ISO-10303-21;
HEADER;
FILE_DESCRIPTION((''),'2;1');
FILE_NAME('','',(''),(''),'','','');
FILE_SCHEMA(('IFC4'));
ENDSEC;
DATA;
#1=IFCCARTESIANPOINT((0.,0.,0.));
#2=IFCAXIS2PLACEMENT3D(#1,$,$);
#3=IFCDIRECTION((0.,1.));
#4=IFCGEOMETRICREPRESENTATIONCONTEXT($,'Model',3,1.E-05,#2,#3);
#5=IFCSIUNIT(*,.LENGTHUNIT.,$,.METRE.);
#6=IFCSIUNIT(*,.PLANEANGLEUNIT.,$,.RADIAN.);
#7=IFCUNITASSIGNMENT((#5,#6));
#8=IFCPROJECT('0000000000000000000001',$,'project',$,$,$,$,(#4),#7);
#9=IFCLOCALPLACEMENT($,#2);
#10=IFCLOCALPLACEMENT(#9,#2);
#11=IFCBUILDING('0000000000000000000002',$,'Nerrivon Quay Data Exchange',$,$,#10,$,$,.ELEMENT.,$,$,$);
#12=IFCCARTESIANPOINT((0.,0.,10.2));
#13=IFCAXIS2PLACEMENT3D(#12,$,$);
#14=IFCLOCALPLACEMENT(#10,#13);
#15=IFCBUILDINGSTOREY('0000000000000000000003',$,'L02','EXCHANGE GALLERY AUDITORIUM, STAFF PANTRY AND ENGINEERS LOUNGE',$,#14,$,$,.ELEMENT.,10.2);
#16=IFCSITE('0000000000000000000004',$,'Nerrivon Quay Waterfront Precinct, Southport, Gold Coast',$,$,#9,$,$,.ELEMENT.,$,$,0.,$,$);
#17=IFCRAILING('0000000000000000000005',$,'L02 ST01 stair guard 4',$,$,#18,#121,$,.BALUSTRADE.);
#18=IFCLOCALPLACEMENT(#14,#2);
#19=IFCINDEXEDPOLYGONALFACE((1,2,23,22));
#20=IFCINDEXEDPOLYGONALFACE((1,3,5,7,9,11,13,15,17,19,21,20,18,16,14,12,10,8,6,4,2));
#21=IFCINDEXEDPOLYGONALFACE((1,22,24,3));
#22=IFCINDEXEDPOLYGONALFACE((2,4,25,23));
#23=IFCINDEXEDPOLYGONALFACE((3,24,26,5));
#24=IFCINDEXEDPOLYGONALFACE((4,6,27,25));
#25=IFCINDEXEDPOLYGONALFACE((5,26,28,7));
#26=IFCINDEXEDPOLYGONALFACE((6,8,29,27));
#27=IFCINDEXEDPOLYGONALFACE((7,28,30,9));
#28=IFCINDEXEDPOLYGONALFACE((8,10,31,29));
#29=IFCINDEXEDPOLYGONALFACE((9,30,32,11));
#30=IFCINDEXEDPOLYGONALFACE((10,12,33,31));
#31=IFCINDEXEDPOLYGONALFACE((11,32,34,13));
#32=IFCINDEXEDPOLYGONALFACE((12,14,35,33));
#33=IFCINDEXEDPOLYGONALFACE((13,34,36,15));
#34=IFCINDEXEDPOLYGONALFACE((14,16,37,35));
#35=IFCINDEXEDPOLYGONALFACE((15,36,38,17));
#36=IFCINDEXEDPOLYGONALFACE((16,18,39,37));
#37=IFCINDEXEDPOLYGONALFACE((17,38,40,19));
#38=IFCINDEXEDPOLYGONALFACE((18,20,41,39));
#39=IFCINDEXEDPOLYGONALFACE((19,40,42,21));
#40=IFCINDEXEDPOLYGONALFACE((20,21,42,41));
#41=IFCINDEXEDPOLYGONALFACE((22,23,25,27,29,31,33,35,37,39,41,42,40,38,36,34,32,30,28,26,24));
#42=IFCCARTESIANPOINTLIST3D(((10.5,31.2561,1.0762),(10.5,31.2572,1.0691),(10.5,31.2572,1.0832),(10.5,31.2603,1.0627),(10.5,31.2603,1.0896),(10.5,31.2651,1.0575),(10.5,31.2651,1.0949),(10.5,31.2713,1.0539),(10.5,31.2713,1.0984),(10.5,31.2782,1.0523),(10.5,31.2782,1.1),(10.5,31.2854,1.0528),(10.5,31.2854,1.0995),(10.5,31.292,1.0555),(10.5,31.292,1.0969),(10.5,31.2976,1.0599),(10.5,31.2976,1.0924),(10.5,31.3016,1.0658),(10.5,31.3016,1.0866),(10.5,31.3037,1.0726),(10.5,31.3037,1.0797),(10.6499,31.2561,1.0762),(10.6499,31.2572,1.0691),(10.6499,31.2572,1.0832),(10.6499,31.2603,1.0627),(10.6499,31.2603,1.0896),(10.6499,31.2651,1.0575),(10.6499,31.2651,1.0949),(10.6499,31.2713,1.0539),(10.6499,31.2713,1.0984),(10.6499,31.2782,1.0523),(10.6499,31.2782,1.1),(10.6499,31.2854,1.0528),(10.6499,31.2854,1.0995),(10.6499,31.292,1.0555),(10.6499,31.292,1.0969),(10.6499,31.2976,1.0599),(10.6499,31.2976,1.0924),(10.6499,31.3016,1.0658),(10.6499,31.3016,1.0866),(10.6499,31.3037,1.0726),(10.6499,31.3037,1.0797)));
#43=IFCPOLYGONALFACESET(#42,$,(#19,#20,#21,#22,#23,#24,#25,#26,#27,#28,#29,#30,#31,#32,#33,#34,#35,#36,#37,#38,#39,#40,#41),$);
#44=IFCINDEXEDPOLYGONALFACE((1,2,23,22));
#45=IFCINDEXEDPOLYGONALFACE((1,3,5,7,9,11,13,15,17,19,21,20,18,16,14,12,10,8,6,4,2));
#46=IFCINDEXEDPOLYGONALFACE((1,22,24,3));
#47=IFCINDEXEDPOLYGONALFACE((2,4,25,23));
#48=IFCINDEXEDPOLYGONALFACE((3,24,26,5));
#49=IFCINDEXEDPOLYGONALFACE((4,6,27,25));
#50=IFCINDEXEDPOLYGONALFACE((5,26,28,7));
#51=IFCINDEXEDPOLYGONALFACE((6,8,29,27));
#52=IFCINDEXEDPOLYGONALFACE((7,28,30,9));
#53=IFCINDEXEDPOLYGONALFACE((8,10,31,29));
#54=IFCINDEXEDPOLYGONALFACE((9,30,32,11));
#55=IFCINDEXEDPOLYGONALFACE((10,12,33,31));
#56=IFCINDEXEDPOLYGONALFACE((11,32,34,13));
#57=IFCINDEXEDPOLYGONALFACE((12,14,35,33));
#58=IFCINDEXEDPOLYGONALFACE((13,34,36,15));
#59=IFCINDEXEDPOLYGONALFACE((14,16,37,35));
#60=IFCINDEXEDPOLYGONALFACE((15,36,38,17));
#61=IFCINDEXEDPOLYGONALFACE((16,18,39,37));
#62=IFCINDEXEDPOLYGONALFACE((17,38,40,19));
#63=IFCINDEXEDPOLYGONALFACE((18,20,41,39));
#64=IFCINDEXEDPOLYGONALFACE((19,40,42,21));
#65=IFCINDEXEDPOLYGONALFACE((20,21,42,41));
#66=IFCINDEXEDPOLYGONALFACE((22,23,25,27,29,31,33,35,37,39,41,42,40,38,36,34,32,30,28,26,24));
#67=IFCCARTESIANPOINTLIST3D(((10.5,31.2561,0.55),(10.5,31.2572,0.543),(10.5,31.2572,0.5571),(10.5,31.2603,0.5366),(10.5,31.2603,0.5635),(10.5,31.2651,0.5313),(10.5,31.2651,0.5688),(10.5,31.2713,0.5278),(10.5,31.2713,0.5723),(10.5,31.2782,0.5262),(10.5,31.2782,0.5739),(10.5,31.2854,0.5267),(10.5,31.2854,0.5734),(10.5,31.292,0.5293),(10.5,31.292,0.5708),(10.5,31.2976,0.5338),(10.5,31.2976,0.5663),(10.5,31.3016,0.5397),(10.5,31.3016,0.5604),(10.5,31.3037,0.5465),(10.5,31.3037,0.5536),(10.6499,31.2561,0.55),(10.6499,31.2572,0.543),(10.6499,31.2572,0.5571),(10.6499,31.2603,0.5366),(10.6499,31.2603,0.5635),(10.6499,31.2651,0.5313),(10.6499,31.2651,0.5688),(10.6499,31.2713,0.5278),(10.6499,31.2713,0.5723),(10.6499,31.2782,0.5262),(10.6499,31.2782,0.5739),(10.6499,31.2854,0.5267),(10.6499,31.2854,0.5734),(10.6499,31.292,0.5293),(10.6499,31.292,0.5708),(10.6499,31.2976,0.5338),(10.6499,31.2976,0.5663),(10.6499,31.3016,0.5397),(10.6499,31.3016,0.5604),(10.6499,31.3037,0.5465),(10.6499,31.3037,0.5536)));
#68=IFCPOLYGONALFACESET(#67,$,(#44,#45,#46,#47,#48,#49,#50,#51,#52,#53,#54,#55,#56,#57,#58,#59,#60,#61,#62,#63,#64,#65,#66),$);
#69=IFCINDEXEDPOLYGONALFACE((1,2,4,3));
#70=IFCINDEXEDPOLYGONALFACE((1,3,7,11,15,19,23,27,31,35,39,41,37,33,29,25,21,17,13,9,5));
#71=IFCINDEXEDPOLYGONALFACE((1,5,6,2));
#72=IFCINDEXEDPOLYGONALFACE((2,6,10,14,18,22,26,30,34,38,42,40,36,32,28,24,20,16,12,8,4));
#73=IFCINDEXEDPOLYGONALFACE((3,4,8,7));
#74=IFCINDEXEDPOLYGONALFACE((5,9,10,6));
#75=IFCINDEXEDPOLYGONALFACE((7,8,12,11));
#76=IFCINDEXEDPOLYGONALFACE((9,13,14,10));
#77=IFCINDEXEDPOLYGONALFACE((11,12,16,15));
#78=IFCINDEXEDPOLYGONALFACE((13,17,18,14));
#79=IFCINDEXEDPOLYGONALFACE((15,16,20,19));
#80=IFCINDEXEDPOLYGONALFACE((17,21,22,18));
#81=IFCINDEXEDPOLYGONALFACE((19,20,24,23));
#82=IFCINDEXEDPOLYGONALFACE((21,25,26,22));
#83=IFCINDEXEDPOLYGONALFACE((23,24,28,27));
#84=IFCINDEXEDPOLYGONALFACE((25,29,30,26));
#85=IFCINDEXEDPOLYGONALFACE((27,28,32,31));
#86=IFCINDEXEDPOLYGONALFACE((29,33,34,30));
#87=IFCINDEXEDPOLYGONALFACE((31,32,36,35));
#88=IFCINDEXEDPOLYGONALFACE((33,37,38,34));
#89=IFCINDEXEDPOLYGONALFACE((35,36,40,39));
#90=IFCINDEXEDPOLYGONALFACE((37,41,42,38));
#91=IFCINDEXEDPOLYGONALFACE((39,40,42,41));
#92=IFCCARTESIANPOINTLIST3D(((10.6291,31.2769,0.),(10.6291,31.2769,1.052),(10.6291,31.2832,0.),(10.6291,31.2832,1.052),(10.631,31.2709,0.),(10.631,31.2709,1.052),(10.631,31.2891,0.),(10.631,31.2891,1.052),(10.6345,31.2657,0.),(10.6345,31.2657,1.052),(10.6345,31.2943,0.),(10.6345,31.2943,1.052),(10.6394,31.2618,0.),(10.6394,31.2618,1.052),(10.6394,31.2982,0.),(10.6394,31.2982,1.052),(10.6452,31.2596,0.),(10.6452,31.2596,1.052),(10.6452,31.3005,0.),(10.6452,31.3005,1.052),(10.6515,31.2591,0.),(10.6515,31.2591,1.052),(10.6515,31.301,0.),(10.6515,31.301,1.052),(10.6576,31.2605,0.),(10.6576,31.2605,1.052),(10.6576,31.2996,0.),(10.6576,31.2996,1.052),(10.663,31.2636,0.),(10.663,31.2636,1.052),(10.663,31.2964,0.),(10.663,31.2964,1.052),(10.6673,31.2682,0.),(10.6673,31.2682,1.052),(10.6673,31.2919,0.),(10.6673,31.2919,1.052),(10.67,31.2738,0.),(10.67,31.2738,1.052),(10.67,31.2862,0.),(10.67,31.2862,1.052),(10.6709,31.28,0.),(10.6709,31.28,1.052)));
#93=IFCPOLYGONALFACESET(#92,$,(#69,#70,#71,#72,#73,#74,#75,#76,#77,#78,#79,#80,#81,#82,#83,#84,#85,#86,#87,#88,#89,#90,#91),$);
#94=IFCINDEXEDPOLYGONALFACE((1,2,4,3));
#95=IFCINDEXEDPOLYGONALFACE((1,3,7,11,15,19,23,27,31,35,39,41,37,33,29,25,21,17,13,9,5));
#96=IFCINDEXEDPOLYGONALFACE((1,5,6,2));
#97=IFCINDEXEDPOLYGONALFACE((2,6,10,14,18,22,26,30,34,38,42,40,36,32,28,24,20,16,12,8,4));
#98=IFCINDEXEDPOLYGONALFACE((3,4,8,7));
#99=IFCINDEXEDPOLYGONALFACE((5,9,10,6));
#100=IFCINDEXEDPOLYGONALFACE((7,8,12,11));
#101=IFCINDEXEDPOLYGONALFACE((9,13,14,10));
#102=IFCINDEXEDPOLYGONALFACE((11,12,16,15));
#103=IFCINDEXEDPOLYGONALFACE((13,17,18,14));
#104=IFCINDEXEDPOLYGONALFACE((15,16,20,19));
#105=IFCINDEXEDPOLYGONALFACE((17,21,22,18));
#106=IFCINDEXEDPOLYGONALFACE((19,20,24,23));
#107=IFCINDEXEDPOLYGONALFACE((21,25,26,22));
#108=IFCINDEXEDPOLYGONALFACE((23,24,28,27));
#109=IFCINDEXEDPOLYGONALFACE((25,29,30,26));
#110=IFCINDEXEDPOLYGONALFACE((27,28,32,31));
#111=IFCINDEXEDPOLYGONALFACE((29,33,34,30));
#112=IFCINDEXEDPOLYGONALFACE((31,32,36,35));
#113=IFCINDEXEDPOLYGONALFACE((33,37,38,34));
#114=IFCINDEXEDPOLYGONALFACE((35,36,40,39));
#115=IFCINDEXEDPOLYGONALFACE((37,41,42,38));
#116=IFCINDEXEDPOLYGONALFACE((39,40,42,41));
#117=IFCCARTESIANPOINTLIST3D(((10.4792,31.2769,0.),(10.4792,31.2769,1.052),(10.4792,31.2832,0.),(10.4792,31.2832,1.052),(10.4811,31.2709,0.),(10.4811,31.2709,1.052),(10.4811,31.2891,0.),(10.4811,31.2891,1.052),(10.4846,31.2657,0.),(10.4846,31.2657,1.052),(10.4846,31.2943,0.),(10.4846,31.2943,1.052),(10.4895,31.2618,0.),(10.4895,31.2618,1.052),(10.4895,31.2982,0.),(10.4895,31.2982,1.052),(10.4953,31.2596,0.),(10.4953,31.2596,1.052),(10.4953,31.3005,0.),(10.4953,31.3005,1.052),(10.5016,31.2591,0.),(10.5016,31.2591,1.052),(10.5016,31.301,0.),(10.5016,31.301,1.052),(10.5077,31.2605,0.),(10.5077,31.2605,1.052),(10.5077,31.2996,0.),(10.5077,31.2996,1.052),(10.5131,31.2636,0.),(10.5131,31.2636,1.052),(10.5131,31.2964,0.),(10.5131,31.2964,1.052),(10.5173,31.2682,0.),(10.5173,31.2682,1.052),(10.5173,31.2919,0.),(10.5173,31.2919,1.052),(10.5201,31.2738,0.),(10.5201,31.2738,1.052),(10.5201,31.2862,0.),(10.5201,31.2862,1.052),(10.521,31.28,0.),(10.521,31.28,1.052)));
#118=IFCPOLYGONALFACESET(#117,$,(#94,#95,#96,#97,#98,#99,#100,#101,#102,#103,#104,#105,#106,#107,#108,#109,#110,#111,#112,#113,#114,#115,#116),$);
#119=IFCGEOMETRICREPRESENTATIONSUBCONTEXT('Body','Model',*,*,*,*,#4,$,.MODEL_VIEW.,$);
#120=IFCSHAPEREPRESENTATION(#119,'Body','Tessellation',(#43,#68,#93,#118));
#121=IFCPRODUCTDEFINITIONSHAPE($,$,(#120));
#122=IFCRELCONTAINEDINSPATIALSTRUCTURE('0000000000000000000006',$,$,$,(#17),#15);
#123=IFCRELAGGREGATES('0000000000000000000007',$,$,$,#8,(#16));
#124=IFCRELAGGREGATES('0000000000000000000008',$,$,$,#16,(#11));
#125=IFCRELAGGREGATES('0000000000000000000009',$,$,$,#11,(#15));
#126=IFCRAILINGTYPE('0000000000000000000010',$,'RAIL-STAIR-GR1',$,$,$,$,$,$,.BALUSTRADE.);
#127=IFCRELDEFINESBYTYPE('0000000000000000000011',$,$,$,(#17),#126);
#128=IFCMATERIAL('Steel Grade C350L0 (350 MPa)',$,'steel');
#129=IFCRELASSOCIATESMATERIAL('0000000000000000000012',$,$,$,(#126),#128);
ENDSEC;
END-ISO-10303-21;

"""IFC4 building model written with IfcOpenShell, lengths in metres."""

from ifc_helpers import new_model, si_unit, direction, frame, origin, origin_2d, place, context, subcontext, project, spatial, circle, extrude, material, type_object, element, save


model = new_model("IFC4")

# Units and contexts
model_context = context("Model", 3, precision=1e-05, world=origin(), true_north=direction((0.0, 1.0)))
body_context = subcontext(model_context, "Body", "Model", "MODEL_VIEW")
ifc_project = project(units=[si_unit("LENGTHUNIT", "METRE"), si_unit("PLANEANGLEUNIT", "RADIAN")], contexts=[model_context])

# Site, building, storey
site_placement = place(None, origin())
site = spatial("IfcSite", under=ifc_project, at=site_placement, Name="Nerrivon Quay Waterfront Precinct, Southport, Gold Coast", CompositionType="ELEMENT", RefElevation=0.0)
building_placement = place(site_placement, origin())
building = spatial("IfcBuilding", under=site, at=building_placement, Name="Nerrivon Quay Data Exchange", CompositionType="ELEMENT")
storey_placement = place(building_placement, frame((0.0, 0.0, 10.2)))
storey = spatial("IfcBuildingStorey", under=building, at=storey_placement, Name="L02", Description="EXCHANGE GALLERY AUDITORIUM, STAFF PANTRY AND ENGINEERS LOUNGE", CompositionType="ELEMENT", Elevation=10.2)

# Railing
ifc_material_1 = material(Name="Steel Grade C350L0 (350 MPa)", Category="steel")
railing_type_1 = type_object("IfcRailingType", Name="RAIL-STAIR-GR1", PredefinedType="BALUSTRADE", material=ifc_material_1)
railing_1_placement = place(storey_placement, frame((10.6499, 31.28, 0.0)))
element("IfcRailing", 1, at=railing_1_placement, inside=storey, type_object=railing_type_1, Name="L02 ST01 stair guard 4", PredefinedType="BALUSTRADE", context=body_context, shape_type="SweptSolid", body=[
    extrude(circle(Radius=0.0239, at=origin_2d()), frame((0.0, 0.0, 1.0762), z_axis=(-1.0, 0.0, 0.0), x_axis=(0.0, -1.0, 0.0)), (0.0, 0.0, 1.0), 0.1499),
    extrude(circle(Radius=0.0239, at=origin_2d()), frame((0.0, 0.0, 0.55), z_axis=(-1.0, 0.0, 0.0), x_axis=(0.0, -1.0, 0.0)), (0.0, 0.0, 1.0), 0.1499),
    extrude(circle(Radius=0.021, at=origin_2d()), origin(), (0.0, 0.0, 1.0), 1.052),
    extrude(circle(Radius=0.021, at=origin_2d()), frame((-0.1499, 0.0, 0.0)), (0.0, 0.0, 1.0), 1.052),
])

save(model, "model.ifc")
